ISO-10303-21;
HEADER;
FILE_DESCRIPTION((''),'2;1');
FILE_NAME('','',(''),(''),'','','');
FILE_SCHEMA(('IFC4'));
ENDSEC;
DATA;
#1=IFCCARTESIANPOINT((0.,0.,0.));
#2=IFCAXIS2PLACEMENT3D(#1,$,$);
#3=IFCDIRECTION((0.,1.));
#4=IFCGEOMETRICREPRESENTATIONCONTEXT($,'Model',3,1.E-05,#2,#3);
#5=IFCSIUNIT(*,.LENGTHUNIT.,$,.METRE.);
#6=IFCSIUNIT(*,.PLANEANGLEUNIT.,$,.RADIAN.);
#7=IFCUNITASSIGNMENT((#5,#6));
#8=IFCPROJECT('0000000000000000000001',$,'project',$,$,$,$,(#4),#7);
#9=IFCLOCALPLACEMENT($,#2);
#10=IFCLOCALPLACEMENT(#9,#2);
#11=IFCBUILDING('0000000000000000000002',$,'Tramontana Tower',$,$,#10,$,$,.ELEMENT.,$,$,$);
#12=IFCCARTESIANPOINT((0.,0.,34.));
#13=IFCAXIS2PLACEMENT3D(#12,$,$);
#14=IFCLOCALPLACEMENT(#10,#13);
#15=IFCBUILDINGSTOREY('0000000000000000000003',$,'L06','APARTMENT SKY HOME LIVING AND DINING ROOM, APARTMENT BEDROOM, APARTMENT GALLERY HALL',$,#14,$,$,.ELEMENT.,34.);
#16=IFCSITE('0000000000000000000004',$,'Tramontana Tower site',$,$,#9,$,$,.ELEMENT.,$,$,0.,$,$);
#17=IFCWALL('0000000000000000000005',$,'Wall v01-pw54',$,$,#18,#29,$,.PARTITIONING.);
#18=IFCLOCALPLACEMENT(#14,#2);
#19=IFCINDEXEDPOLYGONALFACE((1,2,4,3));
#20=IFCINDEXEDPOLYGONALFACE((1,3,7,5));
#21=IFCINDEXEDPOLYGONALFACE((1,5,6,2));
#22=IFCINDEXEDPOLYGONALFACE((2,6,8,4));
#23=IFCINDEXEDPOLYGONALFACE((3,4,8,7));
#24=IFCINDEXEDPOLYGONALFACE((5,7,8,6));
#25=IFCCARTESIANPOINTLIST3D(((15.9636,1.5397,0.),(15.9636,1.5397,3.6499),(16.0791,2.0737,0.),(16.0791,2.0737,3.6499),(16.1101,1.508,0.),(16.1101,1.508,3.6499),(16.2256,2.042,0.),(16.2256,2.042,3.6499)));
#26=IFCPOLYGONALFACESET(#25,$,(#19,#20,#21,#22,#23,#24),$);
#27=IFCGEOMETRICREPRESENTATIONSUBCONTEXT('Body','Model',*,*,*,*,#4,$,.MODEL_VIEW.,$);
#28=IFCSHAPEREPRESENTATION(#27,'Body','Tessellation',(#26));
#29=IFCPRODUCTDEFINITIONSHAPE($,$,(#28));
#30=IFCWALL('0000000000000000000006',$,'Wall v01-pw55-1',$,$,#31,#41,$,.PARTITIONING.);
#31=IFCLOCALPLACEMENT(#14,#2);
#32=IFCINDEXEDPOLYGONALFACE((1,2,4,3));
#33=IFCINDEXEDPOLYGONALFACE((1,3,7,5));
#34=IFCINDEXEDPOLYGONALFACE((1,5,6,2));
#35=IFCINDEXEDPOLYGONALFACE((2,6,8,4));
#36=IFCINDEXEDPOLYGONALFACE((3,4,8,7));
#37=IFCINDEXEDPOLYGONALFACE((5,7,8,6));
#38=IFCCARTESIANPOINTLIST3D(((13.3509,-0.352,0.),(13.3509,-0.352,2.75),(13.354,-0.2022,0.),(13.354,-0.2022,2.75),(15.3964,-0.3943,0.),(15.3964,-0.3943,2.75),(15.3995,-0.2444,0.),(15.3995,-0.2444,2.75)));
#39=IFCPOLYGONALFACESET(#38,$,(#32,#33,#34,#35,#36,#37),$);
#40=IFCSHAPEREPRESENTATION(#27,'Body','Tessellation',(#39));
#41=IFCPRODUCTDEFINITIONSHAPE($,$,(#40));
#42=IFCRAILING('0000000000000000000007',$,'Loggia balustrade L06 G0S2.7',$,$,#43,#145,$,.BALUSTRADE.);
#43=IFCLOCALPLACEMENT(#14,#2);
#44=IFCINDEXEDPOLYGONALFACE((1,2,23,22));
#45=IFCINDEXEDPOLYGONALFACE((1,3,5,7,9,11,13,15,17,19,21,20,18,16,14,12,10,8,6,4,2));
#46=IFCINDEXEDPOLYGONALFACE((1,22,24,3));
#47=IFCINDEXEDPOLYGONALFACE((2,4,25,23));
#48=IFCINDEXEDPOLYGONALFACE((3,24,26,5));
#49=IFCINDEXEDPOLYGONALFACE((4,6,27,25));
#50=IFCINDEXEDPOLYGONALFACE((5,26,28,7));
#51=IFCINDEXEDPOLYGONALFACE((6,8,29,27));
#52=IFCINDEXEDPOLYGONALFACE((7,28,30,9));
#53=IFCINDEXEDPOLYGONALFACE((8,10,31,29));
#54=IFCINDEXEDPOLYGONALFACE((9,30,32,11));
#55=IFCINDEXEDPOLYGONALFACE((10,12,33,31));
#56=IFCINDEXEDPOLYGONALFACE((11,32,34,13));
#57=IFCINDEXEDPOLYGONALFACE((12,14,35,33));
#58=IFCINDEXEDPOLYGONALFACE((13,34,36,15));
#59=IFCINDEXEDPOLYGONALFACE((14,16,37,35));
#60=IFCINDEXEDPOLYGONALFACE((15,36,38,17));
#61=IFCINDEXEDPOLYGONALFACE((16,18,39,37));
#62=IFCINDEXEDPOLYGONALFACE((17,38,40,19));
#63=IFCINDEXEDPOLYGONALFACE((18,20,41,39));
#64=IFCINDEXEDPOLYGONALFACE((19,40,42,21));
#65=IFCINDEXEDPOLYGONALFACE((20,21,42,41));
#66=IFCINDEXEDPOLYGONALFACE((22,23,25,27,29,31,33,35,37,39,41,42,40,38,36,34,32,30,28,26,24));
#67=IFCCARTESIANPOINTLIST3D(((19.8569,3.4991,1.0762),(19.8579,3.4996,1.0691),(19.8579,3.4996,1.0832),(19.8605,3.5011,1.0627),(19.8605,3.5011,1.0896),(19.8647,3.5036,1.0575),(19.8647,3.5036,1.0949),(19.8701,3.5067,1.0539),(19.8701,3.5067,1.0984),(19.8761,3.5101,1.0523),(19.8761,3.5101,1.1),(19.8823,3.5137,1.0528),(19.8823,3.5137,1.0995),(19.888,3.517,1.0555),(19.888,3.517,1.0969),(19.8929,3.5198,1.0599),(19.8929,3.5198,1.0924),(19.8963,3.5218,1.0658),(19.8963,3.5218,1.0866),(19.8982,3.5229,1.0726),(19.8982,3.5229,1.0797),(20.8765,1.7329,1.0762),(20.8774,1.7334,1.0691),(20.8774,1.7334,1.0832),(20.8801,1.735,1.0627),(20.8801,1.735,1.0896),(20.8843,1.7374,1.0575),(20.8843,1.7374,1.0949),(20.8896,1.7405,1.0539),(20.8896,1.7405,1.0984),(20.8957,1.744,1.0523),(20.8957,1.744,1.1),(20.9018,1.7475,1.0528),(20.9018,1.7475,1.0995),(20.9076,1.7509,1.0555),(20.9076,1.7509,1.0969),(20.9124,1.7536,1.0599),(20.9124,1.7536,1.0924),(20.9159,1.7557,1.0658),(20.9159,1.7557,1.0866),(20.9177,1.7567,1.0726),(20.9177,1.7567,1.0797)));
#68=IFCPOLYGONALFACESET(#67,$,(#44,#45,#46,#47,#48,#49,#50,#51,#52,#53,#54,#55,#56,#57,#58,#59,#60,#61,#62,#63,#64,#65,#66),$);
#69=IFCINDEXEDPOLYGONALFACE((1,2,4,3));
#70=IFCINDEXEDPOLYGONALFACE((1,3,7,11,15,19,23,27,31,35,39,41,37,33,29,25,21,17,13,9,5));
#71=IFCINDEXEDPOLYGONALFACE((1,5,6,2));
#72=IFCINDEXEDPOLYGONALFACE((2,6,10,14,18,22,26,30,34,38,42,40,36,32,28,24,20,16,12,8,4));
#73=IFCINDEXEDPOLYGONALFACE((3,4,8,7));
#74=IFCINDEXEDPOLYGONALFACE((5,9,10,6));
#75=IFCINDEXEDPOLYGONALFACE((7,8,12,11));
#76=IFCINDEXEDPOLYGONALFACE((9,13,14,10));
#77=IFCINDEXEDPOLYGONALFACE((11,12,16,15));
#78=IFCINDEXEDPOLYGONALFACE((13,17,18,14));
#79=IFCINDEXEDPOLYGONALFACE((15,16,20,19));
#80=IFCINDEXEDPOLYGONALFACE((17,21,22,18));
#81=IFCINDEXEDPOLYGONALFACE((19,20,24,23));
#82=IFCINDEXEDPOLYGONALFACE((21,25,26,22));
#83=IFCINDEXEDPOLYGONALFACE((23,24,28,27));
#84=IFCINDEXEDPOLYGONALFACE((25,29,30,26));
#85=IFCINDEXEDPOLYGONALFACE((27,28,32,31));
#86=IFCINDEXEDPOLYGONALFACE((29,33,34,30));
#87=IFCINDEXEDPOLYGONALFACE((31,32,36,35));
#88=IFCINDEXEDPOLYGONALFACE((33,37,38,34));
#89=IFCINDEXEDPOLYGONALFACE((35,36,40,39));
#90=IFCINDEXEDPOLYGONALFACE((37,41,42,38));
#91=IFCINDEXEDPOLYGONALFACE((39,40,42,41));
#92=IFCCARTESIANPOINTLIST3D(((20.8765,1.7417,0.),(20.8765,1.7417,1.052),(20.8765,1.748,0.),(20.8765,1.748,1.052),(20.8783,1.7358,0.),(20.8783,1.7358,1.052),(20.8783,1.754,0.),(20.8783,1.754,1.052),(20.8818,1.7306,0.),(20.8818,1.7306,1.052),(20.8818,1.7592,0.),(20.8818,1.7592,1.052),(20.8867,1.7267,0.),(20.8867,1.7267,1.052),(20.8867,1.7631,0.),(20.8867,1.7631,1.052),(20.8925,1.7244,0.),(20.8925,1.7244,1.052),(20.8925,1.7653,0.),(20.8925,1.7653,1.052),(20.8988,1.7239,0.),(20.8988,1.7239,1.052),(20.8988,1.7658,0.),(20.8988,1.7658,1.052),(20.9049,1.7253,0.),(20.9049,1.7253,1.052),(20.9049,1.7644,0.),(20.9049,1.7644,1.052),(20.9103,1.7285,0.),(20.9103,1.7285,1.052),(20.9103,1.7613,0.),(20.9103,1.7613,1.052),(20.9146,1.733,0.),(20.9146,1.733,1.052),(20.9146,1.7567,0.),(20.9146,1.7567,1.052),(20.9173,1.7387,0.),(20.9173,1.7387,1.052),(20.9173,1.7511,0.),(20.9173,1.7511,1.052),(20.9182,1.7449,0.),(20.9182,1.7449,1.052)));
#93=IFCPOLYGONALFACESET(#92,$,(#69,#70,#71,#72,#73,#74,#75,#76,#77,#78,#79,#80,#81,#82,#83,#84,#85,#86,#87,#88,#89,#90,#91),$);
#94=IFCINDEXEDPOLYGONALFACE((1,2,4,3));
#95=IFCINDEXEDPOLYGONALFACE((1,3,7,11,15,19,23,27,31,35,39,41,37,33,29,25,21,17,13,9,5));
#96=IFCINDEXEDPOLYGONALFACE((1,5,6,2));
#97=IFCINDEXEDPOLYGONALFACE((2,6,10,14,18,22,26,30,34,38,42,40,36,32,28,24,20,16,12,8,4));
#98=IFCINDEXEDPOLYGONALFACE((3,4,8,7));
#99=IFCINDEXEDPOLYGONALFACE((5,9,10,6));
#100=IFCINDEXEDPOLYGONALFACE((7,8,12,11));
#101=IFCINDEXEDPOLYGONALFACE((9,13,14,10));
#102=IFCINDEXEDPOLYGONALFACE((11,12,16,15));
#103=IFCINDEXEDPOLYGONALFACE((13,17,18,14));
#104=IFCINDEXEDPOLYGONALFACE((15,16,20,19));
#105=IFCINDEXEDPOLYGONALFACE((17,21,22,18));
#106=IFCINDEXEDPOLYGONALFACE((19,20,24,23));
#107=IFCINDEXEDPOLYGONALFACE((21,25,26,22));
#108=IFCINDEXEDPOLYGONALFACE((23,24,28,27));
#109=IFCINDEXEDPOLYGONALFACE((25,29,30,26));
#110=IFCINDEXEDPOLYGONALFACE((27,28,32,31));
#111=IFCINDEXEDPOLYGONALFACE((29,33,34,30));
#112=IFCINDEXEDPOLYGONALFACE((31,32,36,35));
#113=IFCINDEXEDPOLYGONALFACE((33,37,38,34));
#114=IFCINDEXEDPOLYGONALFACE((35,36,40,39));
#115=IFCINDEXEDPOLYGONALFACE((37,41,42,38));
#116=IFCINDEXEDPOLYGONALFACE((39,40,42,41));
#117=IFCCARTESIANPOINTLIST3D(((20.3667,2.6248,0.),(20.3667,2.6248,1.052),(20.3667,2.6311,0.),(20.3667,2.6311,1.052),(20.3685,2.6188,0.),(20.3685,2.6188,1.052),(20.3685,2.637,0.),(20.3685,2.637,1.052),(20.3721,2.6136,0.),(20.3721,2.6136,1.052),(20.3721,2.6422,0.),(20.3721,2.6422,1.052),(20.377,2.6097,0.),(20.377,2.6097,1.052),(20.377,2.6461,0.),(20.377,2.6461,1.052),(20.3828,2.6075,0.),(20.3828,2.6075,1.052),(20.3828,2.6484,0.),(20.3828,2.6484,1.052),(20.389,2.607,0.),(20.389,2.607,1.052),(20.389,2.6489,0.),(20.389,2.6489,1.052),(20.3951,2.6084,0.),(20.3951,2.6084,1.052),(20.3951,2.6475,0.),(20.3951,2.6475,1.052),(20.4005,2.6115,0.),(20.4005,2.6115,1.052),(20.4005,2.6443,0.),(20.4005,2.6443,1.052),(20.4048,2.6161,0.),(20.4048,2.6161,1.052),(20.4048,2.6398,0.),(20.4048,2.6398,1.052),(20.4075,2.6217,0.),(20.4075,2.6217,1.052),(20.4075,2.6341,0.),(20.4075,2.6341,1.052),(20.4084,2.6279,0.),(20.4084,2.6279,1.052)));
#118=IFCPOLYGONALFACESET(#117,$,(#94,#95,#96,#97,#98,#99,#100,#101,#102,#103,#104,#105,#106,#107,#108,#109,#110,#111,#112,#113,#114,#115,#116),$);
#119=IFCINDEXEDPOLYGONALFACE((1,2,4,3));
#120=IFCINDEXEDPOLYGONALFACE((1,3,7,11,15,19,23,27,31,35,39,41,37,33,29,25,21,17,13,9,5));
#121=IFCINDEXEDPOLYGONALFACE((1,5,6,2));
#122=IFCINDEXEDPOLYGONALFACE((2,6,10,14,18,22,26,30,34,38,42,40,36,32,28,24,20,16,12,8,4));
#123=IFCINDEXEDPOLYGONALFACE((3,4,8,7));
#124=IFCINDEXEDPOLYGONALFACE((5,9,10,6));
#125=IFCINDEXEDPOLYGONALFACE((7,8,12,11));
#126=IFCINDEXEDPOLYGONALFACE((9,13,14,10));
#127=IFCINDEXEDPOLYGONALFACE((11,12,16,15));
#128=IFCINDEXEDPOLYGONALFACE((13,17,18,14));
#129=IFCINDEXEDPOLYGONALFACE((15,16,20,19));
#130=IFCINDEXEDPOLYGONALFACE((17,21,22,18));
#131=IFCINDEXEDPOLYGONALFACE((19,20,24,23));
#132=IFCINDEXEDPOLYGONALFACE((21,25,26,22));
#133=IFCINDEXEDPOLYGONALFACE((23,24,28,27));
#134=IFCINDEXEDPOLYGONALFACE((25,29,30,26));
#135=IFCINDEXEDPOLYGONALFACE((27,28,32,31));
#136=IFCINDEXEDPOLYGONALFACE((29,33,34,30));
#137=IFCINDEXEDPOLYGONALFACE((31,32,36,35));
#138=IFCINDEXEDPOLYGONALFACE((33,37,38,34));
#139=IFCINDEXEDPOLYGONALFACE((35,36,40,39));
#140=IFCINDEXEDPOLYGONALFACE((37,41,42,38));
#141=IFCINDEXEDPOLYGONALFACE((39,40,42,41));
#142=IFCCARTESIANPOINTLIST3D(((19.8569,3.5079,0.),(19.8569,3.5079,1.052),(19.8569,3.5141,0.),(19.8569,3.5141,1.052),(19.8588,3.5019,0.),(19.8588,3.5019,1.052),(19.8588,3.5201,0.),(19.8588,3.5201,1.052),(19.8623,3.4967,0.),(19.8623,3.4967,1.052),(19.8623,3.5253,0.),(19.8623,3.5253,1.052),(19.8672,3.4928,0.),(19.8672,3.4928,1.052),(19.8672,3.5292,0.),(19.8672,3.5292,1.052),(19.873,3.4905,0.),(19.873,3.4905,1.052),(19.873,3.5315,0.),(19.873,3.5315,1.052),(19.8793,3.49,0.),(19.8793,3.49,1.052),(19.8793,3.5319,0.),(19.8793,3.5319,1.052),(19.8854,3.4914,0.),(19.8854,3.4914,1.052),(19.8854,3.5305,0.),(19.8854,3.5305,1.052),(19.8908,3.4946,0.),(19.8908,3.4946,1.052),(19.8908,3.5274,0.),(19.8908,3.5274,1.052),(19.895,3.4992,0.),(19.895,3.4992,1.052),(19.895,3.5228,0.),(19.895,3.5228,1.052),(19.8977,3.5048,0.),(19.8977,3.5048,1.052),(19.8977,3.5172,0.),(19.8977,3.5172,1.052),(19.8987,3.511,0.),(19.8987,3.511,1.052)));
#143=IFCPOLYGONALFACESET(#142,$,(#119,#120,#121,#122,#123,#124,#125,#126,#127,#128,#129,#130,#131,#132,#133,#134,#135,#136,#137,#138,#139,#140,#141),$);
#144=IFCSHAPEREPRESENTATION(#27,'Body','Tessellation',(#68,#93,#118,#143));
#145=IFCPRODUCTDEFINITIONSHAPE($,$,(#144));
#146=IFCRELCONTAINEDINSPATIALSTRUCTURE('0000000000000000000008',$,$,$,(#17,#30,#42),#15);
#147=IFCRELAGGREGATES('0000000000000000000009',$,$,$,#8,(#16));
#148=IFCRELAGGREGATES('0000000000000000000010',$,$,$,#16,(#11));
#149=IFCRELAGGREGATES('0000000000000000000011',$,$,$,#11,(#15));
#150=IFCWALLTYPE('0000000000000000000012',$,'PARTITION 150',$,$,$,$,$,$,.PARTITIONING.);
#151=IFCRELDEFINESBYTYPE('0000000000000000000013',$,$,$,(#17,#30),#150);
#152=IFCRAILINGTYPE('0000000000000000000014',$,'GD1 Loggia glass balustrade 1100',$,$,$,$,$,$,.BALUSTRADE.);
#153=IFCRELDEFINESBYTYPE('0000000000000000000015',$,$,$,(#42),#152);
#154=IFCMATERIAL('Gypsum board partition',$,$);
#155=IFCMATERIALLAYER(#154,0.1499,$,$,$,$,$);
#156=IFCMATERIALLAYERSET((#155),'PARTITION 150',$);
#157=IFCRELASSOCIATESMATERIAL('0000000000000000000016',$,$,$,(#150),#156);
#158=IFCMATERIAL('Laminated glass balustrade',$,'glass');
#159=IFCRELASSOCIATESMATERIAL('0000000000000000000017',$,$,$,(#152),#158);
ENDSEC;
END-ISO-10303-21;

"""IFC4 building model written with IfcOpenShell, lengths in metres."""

from ifc_helpers import new_model, si_unit, direction, frame, frame_2d, origin, origin_2d, place, context, subcontext, project, spatial, rectangle, circle, extrude, material, layer, layer_set, type_object, element, save


model = new_model("IFC4")

# Units and contexts
model_context = context("Model", 3, precision=1e-05, world=origin(), true_north=direction((0.0, 1.0)))
body_context = subcontext(model_context, "Body", "Model", "MODEL_VIEW")
ifc_project = project(units=[si_unit("LENGTHUNIT", "METRE"), si_unit("PLANEANGLEUNIT", "RADIAN")], contexts=[model_context])

# Site, building, storey
site_placement = place(None, origin())
site = spatial("IfcSite", under=ifc_project, at=site_placement, Name="Tramontana Tower site", CompositionType="ELEMENT", RefElevation=0.0)
building_placement = place(site_placement, origin())
building = spatial("IfcBuilding", under=site, at=building_placement, Name="Tramontana Tower", CompositionType="ELEMENT")
storey_placement = place(building_placement, frame((0.0, 0.0, 34.0)))
storey = spatial("IfcBuildingStorey", under=building, at=storey_placement, Name="L06", Description="APARTMENT SKY HOME LIVING AND DINING ROOM, APARTMENT BEDROOM, APARTMENT GALLERY HALL", CompositionType="ELEMENT", Elevation=34.0)

# Shared definitions
ifc_material_1 = material(Name="Gypsum board partition")
ifc_layer_1 = layer(ifc_material_1, 0.1499)
ifc_layer_set_1 = layer_set([ifc_layer_1], Name="PARTITION 150")
wall_type_1 = type_object("IfcWallType", Name="PARTITION 150", PredefinedType="PARTITIONING", material=ifc_layer_set_1)

# Walls
wall_1_placement = place(storey_placement, frame((16.1523, 2.0579, 0.0), z_axis=(0.0, 0.0, 1.0), x_axis=(-0.21139, -0.977402, 0.0)))
element("IfcWall", 1, at=wall_1_placement, inside=storey, type_object=wall_type_1, Name="Wall v01-pw54", PredefinedType="PARTITIONING", context=body_context, shape_type="SweptSolid", body=[
    extrude(rectangle(XDim=0.5464, YDim=0.1499, at=frame_2d((0.2732, 0.0))), origin(), (0.0, 0.0, 1.0), 3.6499),
])
wall_2_placement = place(storey_placement, frame((15.3979, -0.3193, 0.0), z_axis=(0.0, 0.0, 1.0), x_axis=(-0.999787, 0.020645, 0.0)))
element("IfcWall", 2, at=wall_2_placement, inside=storey, type_object=wall_type_1, Name="Wall v01-pw55-1", PredefinedType="PARTITIONING", context=body_context, shape_type="SweptSolid", body=[
    extrude(rectangle(XDim=2.0459, YDim=0.1499, at=frame_2d((1.0229, 0.0))), origin(), (0.0, 0.0, 1.0), 2.75),
])

# Railing
ifc_material_2 = material(Name="Laminated glass balustrade", Category="glass")
railing_type = type_object("IfcRailingType", Name="GD1 Loggia glass balustrade 1100", PredefinedType="BALUSTRADE", material=ifc_material_2)
railing_placement = place(storey_placement, frame((20.8972, 1.7449, 0.0)))
element("IfcRailing", 3, at=railing_placement, inside=storey, type_object=railing_type, Name="Loggia balustrade L06 G0S2.7", PredefinedType="BALUSTRADE", context=body_context, shape_type="SweptSolid", body=[
    extrude(circle(Radius=0.0239, at=origin_2d()), frame((0.0, 0.0, 1.0762), z_axis=(-0.49995, 0.866054, 0.0), x_axis=(-0.866054, -0.49995, 0.0)), (0.0, 0.0, 1.0), 2.0393),
    extrude(circle(Radius=0.021, at=origin_2d()), origin(), (0.0, 0.0, 1.0), 1.052),
    extrude(circle(Radius=0.021, at=origin_2d()), frame((-0.5098, 0.8831, 0.0)), (0.0, 0.0, 1.0), 1.052),
    extrude(circle(Radius=0.021, at=origin_2d()), frame((-1.0195, 1.7661, 0.0)), (0.0, 0.0, 1.0), 1.052),
])

save(model, "model.ifc")
